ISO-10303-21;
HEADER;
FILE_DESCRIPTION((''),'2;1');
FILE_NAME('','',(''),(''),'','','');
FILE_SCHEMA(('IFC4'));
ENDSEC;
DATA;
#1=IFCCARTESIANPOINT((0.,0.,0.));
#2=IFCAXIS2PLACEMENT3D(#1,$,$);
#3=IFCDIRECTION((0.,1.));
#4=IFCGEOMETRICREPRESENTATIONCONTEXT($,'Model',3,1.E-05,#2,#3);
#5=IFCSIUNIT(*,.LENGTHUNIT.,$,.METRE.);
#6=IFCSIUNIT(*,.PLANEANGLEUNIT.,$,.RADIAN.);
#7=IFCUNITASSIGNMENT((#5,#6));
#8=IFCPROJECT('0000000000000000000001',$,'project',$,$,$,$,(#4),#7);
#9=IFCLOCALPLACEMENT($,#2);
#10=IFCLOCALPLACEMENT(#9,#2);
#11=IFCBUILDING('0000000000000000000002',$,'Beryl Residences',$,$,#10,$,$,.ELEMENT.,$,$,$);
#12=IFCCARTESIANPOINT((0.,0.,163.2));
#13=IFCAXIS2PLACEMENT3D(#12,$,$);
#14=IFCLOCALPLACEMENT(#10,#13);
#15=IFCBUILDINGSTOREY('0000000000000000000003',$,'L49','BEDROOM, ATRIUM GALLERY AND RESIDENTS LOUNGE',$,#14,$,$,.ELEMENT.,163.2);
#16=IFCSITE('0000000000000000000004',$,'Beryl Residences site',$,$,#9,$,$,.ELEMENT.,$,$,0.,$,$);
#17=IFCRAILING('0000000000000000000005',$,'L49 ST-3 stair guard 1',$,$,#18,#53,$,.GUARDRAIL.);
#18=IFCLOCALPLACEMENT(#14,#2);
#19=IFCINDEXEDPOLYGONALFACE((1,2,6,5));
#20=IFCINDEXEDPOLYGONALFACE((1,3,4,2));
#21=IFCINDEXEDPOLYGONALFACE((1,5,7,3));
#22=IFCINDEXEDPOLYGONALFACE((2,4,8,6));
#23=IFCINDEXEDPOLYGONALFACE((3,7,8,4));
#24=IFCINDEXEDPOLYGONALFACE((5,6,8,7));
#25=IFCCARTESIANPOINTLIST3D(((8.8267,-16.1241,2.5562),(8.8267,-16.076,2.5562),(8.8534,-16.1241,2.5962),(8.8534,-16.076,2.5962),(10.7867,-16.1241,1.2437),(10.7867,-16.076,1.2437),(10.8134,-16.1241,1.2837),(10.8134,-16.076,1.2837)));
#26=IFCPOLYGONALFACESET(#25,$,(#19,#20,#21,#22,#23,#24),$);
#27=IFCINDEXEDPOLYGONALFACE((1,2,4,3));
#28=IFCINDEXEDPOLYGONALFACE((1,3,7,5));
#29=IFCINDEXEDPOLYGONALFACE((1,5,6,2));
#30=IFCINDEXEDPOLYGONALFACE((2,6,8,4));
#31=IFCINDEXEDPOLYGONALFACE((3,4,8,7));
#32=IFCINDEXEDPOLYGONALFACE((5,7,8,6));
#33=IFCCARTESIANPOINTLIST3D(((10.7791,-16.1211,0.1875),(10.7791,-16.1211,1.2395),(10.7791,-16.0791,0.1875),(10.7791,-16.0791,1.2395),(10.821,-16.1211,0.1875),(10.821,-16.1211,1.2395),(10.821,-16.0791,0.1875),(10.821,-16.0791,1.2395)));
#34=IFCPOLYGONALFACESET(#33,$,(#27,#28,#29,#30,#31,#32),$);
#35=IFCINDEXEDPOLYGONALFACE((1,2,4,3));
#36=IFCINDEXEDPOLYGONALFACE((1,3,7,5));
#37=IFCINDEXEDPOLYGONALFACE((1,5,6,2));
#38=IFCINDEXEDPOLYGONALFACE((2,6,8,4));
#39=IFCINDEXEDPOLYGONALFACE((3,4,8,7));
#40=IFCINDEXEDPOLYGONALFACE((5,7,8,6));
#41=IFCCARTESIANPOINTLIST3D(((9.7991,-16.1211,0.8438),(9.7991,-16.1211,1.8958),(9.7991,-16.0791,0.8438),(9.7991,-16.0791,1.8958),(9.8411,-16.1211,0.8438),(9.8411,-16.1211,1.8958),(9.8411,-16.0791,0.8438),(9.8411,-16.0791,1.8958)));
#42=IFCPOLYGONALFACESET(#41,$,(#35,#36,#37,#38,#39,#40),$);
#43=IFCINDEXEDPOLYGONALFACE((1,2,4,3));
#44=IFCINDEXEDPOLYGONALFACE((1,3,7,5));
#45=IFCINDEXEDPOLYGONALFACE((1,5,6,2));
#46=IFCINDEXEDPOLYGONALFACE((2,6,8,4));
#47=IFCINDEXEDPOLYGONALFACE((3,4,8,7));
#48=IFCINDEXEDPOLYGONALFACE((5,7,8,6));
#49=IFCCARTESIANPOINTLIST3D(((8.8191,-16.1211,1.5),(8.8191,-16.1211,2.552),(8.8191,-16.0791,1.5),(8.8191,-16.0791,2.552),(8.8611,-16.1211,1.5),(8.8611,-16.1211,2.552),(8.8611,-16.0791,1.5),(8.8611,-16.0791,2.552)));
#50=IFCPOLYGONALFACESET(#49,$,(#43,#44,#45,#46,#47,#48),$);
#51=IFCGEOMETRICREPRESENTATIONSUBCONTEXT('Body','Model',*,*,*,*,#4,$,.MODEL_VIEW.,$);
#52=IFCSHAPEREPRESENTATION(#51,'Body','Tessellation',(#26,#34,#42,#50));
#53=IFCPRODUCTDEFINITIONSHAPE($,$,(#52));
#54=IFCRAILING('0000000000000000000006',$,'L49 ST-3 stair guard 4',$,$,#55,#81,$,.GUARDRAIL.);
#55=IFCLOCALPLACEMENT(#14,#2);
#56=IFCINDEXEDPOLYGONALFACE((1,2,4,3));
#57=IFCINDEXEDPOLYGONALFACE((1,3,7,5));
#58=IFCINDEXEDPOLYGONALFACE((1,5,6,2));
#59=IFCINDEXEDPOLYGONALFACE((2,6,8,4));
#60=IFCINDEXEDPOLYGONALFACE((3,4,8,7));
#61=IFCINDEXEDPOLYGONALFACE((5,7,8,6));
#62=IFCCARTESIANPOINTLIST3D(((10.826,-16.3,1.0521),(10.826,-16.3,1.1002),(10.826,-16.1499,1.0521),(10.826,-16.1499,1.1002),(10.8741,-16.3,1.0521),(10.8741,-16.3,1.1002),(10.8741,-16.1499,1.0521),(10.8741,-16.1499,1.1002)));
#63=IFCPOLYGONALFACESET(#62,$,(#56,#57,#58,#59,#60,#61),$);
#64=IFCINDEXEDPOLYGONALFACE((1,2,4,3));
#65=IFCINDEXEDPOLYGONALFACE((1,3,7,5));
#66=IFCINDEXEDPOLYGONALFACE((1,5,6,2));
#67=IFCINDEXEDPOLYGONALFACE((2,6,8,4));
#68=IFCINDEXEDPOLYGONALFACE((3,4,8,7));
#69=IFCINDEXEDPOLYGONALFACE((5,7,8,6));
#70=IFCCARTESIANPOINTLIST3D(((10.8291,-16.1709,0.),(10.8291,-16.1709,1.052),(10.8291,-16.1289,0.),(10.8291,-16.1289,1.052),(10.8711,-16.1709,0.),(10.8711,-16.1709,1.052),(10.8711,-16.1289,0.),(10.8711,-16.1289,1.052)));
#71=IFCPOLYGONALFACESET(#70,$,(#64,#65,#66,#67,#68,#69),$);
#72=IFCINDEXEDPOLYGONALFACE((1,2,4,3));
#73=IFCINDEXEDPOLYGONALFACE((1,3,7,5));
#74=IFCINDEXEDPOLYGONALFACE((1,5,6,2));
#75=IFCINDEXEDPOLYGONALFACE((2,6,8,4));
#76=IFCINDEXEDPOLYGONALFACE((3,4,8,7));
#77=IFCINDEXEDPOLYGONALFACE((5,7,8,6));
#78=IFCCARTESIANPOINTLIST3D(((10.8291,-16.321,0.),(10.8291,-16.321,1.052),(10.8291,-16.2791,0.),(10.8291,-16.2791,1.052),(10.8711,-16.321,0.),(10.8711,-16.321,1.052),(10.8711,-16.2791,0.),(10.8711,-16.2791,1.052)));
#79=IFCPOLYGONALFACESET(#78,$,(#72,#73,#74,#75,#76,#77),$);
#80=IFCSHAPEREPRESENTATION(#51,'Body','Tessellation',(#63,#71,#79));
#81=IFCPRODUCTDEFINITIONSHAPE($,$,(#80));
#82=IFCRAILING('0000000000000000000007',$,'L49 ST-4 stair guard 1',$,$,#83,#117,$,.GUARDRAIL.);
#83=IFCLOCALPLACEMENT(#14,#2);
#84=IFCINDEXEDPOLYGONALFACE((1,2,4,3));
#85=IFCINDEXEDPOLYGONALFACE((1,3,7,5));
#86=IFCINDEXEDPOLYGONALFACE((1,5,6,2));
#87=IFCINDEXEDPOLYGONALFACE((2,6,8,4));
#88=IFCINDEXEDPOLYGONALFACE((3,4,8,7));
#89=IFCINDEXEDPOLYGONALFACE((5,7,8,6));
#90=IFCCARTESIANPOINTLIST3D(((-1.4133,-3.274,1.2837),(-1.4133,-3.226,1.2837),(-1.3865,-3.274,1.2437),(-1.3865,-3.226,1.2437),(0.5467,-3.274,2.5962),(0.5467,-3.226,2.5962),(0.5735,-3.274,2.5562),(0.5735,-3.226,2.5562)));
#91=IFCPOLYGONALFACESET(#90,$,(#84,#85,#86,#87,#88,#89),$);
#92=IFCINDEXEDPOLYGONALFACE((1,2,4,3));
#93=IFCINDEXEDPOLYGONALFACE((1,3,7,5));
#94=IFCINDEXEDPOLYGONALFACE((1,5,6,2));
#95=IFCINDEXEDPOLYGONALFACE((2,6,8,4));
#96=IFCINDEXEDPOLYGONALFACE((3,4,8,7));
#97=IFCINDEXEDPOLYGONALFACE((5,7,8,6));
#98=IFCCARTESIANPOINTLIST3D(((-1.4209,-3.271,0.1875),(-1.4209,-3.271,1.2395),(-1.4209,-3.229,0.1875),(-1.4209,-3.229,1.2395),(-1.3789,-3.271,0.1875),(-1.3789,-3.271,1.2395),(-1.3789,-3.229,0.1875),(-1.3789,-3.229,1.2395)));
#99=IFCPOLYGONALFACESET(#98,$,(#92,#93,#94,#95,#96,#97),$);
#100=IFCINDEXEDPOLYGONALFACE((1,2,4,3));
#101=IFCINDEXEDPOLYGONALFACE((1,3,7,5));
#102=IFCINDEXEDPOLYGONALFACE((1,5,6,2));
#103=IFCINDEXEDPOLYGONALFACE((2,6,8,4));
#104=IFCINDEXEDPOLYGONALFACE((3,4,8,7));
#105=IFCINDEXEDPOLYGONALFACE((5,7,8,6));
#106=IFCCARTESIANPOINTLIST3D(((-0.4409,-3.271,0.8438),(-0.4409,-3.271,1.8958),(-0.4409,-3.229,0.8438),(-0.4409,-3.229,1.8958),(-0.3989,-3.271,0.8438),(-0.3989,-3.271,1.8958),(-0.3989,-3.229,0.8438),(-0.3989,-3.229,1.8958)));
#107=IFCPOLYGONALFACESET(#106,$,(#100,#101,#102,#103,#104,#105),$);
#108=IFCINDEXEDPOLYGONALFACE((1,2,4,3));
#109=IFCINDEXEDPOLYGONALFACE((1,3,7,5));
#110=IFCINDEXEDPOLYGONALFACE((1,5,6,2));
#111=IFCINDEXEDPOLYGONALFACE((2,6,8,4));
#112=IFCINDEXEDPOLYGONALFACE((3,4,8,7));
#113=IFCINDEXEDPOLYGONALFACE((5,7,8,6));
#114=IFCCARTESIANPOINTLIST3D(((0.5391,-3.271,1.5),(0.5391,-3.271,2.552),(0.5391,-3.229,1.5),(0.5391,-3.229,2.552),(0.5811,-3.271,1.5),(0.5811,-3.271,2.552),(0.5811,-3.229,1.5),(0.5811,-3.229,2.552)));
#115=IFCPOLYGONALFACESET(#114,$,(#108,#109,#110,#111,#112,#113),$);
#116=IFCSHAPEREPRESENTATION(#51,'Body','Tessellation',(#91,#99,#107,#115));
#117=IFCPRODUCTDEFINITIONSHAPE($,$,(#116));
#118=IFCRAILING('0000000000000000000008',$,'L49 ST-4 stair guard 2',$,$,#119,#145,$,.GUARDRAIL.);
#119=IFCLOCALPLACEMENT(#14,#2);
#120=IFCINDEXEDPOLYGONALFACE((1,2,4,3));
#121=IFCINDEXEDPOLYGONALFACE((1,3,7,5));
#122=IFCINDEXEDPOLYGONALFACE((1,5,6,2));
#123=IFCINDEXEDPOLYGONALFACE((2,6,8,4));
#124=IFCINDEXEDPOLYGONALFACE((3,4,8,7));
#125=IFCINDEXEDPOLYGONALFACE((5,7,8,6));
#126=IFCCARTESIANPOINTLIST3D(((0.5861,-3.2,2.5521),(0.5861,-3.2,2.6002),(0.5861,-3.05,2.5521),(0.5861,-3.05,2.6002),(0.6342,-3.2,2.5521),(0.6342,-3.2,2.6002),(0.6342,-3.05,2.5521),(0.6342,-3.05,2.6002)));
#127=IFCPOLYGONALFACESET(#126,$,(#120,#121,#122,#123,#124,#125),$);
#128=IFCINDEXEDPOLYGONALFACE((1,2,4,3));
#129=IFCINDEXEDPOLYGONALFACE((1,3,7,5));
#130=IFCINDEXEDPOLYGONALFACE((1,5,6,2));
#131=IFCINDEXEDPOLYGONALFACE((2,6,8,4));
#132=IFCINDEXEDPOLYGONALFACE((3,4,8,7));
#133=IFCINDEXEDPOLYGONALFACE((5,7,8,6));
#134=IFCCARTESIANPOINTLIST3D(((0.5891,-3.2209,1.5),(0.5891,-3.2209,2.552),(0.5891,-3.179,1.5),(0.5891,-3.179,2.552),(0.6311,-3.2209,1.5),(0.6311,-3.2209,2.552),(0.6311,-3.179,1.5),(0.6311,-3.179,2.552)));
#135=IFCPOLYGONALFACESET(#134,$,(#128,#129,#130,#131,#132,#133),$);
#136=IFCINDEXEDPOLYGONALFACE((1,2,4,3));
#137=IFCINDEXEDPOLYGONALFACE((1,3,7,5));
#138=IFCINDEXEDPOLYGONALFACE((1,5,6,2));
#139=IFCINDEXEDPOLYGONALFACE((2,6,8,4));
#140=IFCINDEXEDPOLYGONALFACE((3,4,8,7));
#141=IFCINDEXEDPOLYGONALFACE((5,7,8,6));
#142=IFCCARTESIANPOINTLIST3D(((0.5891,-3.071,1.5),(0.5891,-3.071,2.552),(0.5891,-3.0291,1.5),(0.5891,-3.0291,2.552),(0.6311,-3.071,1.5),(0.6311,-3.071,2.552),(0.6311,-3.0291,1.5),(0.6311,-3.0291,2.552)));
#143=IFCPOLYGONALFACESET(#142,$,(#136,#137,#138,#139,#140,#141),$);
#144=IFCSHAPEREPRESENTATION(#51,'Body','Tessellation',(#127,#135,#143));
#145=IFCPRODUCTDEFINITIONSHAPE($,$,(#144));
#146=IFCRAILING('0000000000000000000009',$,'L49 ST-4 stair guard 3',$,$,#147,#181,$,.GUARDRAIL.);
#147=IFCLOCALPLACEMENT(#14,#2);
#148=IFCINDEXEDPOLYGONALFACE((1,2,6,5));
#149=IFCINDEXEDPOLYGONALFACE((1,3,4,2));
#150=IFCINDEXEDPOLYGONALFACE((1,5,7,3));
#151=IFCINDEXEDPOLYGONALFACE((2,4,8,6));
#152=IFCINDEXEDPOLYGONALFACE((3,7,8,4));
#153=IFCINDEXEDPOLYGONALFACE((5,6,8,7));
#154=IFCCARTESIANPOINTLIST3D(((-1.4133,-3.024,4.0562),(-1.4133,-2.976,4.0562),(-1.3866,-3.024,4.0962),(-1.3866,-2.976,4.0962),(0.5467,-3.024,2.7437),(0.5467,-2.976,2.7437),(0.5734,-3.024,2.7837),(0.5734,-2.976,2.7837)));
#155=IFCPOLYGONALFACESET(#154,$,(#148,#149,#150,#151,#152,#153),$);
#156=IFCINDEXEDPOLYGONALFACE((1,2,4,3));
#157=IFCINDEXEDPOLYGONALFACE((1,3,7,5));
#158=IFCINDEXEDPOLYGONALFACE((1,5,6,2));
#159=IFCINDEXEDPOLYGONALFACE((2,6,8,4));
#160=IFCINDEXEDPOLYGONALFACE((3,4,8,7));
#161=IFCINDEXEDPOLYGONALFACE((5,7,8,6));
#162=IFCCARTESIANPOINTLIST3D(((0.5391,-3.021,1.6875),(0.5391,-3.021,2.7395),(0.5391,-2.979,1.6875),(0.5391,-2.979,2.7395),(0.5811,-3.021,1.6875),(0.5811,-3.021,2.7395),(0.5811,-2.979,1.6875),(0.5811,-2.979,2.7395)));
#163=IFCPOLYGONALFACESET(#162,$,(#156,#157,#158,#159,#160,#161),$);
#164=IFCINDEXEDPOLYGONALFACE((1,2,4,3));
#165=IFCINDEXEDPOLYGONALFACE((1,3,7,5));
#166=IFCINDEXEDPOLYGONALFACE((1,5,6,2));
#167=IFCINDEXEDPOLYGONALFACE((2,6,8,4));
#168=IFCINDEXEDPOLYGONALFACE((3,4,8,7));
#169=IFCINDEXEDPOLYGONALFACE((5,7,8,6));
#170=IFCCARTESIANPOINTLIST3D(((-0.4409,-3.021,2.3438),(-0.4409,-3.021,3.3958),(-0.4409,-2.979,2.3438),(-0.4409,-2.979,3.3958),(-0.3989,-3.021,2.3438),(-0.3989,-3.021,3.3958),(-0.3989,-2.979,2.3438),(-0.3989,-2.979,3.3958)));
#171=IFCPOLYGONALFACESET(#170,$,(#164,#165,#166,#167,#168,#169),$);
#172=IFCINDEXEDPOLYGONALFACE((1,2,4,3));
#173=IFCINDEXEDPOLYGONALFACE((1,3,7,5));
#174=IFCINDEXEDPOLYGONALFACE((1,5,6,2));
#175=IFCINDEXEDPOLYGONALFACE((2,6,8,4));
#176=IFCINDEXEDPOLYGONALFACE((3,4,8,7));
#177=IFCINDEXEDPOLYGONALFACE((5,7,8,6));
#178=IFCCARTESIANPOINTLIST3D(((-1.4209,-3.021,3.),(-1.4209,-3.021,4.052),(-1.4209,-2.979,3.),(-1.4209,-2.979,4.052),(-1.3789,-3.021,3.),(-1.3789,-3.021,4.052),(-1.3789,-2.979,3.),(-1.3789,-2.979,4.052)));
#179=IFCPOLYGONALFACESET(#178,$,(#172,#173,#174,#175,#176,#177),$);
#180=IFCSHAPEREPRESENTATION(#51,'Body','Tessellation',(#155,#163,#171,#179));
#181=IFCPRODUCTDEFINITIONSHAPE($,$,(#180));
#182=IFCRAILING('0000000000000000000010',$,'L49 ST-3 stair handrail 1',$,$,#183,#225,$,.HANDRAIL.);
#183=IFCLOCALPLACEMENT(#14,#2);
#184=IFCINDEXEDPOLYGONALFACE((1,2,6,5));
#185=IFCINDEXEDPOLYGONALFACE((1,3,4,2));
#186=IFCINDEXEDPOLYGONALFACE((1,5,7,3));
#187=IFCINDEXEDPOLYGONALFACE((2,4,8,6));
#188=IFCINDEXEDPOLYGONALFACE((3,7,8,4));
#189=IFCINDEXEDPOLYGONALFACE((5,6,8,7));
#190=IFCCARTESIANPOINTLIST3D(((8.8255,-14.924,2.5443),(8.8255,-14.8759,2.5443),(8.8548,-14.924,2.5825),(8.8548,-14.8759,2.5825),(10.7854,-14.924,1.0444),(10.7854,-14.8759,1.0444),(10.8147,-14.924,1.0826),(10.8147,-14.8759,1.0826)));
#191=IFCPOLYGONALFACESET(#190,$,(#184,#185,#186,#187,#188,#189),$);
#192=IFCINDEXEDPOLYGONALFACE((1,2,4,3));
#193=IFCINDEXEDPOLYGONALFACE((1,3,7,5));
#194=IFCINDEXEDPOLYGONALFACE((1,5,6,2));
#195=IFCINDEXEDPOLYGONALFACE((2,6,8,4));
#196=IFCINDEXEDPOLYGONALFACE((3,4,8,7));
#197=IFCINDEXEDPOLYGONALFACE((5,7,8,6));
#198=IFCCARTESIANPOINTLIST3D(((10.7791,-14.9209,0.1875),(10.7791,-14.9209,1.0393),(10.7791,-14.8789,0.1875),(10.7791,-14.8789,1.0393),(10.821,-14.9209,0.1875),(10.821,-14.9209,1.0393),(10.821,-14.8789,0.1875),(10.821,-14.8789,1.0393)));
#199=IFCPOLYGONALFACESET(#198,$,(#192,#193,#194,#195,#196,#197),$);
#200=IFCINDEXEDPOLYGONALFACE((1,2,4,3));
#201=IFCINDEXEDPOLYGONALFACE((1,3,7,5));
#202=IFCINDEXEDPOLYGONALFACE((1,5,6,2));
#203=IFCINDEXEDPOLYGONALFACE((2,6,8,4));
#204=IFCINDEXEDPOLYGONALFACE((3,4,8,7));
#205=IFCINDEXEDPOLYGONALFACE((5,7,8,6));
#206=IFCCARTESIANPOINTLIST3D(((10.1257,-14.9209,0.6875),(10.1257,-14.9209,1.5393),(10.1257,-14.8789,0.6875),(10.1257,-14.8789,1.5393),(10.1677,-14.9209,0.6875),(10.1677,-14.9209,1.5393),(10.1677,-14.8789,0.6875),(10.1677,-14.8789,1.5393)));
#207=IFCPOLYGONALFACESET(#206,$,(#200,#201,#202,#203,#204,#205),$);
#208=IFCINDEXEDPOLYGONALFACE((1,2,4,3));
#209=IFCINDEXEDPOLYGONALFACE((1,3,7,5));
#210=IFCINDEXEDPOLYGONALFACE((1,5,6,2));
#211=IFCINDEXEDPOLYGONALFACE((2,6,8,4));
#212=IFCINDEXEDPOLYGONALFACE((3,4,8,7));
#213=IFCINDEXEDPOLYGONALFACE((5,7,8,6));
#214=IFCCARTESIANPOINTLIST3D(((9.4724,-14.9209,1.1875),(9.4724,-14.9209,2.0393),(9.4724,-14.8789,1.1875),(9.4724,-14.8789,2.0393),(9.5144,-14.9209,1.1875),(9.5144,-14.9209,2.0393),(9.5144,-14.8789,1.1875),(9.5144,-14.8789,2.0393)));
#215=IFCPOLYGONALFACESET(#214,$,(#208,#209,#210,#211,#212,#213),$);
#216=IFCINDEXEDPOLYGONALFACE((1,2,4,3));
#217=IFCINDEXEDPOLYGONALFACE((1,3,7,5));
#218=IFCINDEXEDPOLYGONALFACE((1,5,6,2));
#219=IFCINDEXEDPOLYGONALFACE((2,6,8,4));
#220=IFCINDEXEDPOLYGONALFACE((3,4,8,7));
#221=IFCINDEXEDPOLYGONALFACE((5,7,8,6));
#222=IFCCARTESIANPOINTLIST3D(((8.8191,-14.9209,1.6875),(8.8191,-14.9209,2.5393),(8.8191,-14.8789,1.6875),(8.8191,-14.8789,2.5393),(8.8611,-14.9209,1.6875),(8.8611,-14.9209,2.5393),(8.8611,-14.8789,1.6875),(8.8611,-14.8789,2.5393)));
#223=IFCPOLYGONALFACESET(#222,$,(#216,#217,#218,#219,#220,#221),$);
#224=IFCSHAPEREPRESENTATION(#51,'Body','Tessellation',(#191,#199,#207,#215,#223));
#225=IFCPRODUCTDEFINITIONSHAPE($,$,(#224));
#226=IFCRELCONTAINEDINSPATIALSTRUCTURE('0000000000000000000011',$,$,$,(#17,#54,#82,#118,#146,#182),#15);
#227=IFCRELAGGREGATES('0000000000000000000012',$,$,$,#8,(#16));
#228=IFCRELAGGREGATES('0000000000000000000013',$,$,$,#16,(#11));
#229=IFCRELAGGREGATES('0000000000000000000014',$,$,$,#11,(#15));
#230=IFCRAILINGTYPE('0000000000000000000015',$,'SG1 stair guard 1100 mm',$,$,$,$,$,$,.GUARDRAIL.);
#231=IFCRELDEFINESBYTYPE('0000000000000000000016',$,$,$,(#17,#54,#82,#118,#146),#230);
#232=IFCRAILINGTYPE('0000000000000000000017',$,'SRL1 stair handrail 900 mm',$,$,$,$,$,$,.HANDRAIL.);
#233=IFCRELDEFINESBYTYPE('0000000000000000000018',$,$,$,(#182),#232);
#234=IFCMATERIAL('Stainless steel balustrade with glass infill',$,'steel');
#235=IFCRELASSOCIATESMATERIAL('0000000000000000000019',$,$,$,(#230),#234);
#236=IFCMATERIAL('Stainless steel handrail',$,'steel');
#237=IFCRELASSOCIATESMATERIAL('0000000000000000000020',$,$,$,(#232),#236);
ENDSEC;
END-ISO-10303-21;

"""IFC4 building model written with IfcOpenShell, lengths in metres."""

from ifc_helpers import new_model, si_unit, direction, frame, origin, origin_2d, place, context, subcontext, project, spatial, rectangle, extrude, material, type_object, element, save


model = new_model("IFC4")

# Units and contexts
model_context = context("Model", 3, precision=1e-05, world=origin(), true_north=direction((0.0, 1.0)))
body_context = subcontext(model_context, "Body", "Model", "MODEL_VIEW")
ifc_project = project(units=[si_unit("LENGTHUNIT", "METRE"), si_unit("PLANEANGLEUNIT", "RADIAN")], contexts=[model_context])

# Site, building, storey
site_placement = place(None, origin())
site = spatial("IfcSite", under=ifc_project, at=site_placement, Name="Beryl Residences site", CompositionType="ELEMENT", RefElevation=0.0)
building_placement = place(site_placement, origin())
building = spatial("IfcBuilding", under=site, at=building_placement, Name="Beryl Residences", CompositionType="ELEMENT")
storey_placement = place(building_placement, frame((0.0, 0.0, 163.2)))
storey = spatial("IfcBuildingStorey", under=building, at=storey_placement, Name="L49", Description="BEDROOM, ATRIUM GALLERY AND RESIDENTS LOUNGE", CompositionType="ELEMENT", Elevation=163.2)

# Railings
ifc_material_1 = material(Name="Stainless steel balustrade with glass infill", Category="steel")
railing_type_1 = type_object("IfcRailingType", Name="SG1 stair guard 1100 mm", PredefinedType="GUARDRAIL", material=ifc_material_1)
railing_1_placement = place(storey_placement, frame((10.8, -16.1001, 0.1875)))
element("IfcRailing", 1, at=railing_1_placement, inside=storey, type_object=railing_type_1, Name="L49 ST-3 stair guard 1", PredefinedType="GUARDRAIL", context=body_context, shape_type="SweptSolid", body=[
    extrude(rectangle(XDim=0.0481, YDim=0.0481, at=origin_2d()), frame((0.0, 0.0, 1.0762), z_axis=(-0.830902, 0.0, 0.556419), x_axis=(0.0, -1.0, 0.0)), (0.0, 0.0, 1.0), 2.3589),
    extrude(rectangle(XDim=0.042, YDim=0.042, at=origin_2d()), origin(), (0.0, 0.0, 1.0), 1.052),
    extrude(rectangle(XDim=0.042, YDim=0.042, at=origin_2d()), frame((-0.98, 0.0, 0.6562)), (0.0, 0.0, 1.0), 1.052),
    extrude(rectangle(XDim=0.042, YDim=0.042, at=origin_2d()), frame((-1.96, 0.0, 1.3125)), (0.0, 0.0, 1.0), 1.052),
])
railing_2_placement = place(storey_placement, frame((10.8501, -16.1499, 0.0)))
element("IfcRailing", 2, at=railing_2_placement, inside=storey, type_object=railing_type_1, Name="L49 ST-3 stair guard 4", PredefinedType="GUARDRAIL", context=body_context, shape_type="SweptSolid", body=[
    extrude(rectangle(XDim=0.0481, YDim=0.0481, at=origin_2d()), frame((0.0, 0.0, 1.0762), z_axis=(0.0, -1.0, 0.0), x_axis=(1.0, 0.0, 0.0)), (0.0, 0.0, 1.0), 0.1501),
    extrude(rectangle(XDim=0.042, YDim=0.042, at=origin_2d()), origin(), (0.0, 0.0, 1.0), 1.052),
    extrude(rectangle(XDim=0.042, YDim=0.042, at=origin_2d()), frame((0.0, -0.1501, 0.0)), (0.0, 0.0, 1.0), 1.052),
])
railing_3_placement = place(storey_placement, frame((-1.3999, -3.25, 0.1875)))
element("IfcRailing", 3, at=railing_3_placement, inside=storey, type_object=railing_type_1, Name="L49 ST-4 stair guard 1", PredefinedType="GUARDRAIL", context=body_context, shape_type="SweptSolid", body=[
    extrude(rectangle(XDim=0.0481, YDim=0.0481, at=origin_2d()), frame((0.0, 0.0, 1.0762), z_axis=(0.830902, 0.0, 0.556419), x_axis=(0.0, 1.0, 0.0)), (0.0, 0.0, 1.0), 2.3589),
    extrude(rectangle(XDim=0.042, YDim=0.042, at=origin_2d()), origin(), (0.0, 0.0, 1.0), 1.052),
    extrude(rectangle(XDim=0.042, YDim=0.042, at=origin_2d()), frame((0.98, 0.0, 0.6562)), (0.0, 0.0, 1.0), 1.052),
    extrude(rectangle(XDim=0.042, YDim=0.042, at=origin_2d()), frame((1.96, 0.0, 1.3125)), (0.0, 0.0, 1.0), 1.052),
])
railing_4_placement = place(storey_placement, frame((0.6101, -3.2, 1.5)))
element("IfcRailing", 4, at=railing_4_placement, inside=storey, type_object=railing_type_1, Name="L49 ST-4 stair guard 2", PredefinedType="GUARDRAIL", context=body_context, shape_type="SweptSolid", body=[
    extrude(rectangle(XDim=0.0481, YDim=0.0481, at=origin_2d()), frame((0.0, 0.0, 1.0762), z_axis=(0.0, 1.0, 0.0), x_axis=(-1.0, 0.0, 0.0)), (0.0, 0.0, 1.0), 0.1499),
    extrude(rectangle(XDim=0.042, YDim=0.042, at=origin_2d()), origin(), (0.0, 0.0, 1.0), 1.052),
    extrude(rectangle(XDim=0.042, YDim=0.042, at=origin_2d()), frame((0.0, 0.1499, 0.0)), (0.0, 0.0, 1.0), 1.052),
])
railing_5_placement = place(storey_placement, frame((0.5601, -3.0, 1.6875)))
element("IfcRailing", 5, at=railing_5_placement, inside=storey, type_object=railing_type_1, Name="L49 ST-4 stair guard 3", PredefinedType="GUARDRAIL", context=body_context, shape_type="SweptSolid", body=[
    extrude(rectangle(XDim=0.0481, YDim=0.0481, at=origin_2d()), frame((0.0, 0.0, 1.0762), z_axis=(-0.830902, 0.0, 0.556419), x_axis=(0.0, -1.0, 0.0)), (0.0, 0.0, 1.0), 2.3589),
    extrude(rectangle(XDim=0.042, YDim=0.042, at=origin_2d()), origin(), (0.0, 0.0, 1.0), 1.052),
    extrude(rectangle(XDim=0.042, YDim=0.042, at=origin_2d()), frame((-0.98, 0.0, 0.6562)), (0.0, 0.0, 1.0), 1.052),
    extrude(rectangle(XDim=0.042, YDim=0.042, at=origin_2d()), frame((-1.96, 0.0, 1.3125)), (0.0, 0.0, 1.0), 1.052),
])
ifc_material_2 = material(Name="Stainless steel handrail", Category="steel")
railing_type_2 = type_object("IfcRailingType", Name="SRL1 stair handrail 900 mm", PredefinedType="HANDRAIL", material=ifc_material_2)
railing_6_placement = place(storey_placement, frame((10.8, -14.8999, 0.1875)))
element("IfcRailing", 6, at=railing_6_placement, inside=storey, type_object=railing_type_2, Name="L49 ST-3 stair handrail 1", PredefinedType="HANDRAIL", context=body_context, shape_type="SweptSolid", body=[
    extrude(rectangle(XDim=0.0481, YDim=0.0481, at=origin_2d()), frame((0.0, 0.0, 0.876), z_axis=(-0.794122, 0.0, 0.607758), x_axis=(0.0, -1.0, 0.0)), (0.0, 0.0, 1.0), 2.468),
    extrude(rectangle(XDim=0.042, YDim=0.042, at=origin_2d()), origin(), (0.0, 0.0, 1.0), 0.8518),
    extrude(rectangle(XDim=0.042, YDim=0.042, at=origin_2d()), frame((-0.6533, 0.0, 0.5)), (0.0, 0.0, 1.0), 0.8518),
    extrude(rectangle(XDim=0.042, YDim=0.042, at=origin_2d()), frame((-1.3066, 0.0, 1.0)), (0.0, 0.0, 1.0), 0.8518),
    extrude(rectangle(XDim=0.042, YDim=0.042, at=origin_2d()), frame((-1.96, 0.0, 1.5)), (0.0, 0.0, 1.0), 0.8518),
])

save(model, "model.ifc")
